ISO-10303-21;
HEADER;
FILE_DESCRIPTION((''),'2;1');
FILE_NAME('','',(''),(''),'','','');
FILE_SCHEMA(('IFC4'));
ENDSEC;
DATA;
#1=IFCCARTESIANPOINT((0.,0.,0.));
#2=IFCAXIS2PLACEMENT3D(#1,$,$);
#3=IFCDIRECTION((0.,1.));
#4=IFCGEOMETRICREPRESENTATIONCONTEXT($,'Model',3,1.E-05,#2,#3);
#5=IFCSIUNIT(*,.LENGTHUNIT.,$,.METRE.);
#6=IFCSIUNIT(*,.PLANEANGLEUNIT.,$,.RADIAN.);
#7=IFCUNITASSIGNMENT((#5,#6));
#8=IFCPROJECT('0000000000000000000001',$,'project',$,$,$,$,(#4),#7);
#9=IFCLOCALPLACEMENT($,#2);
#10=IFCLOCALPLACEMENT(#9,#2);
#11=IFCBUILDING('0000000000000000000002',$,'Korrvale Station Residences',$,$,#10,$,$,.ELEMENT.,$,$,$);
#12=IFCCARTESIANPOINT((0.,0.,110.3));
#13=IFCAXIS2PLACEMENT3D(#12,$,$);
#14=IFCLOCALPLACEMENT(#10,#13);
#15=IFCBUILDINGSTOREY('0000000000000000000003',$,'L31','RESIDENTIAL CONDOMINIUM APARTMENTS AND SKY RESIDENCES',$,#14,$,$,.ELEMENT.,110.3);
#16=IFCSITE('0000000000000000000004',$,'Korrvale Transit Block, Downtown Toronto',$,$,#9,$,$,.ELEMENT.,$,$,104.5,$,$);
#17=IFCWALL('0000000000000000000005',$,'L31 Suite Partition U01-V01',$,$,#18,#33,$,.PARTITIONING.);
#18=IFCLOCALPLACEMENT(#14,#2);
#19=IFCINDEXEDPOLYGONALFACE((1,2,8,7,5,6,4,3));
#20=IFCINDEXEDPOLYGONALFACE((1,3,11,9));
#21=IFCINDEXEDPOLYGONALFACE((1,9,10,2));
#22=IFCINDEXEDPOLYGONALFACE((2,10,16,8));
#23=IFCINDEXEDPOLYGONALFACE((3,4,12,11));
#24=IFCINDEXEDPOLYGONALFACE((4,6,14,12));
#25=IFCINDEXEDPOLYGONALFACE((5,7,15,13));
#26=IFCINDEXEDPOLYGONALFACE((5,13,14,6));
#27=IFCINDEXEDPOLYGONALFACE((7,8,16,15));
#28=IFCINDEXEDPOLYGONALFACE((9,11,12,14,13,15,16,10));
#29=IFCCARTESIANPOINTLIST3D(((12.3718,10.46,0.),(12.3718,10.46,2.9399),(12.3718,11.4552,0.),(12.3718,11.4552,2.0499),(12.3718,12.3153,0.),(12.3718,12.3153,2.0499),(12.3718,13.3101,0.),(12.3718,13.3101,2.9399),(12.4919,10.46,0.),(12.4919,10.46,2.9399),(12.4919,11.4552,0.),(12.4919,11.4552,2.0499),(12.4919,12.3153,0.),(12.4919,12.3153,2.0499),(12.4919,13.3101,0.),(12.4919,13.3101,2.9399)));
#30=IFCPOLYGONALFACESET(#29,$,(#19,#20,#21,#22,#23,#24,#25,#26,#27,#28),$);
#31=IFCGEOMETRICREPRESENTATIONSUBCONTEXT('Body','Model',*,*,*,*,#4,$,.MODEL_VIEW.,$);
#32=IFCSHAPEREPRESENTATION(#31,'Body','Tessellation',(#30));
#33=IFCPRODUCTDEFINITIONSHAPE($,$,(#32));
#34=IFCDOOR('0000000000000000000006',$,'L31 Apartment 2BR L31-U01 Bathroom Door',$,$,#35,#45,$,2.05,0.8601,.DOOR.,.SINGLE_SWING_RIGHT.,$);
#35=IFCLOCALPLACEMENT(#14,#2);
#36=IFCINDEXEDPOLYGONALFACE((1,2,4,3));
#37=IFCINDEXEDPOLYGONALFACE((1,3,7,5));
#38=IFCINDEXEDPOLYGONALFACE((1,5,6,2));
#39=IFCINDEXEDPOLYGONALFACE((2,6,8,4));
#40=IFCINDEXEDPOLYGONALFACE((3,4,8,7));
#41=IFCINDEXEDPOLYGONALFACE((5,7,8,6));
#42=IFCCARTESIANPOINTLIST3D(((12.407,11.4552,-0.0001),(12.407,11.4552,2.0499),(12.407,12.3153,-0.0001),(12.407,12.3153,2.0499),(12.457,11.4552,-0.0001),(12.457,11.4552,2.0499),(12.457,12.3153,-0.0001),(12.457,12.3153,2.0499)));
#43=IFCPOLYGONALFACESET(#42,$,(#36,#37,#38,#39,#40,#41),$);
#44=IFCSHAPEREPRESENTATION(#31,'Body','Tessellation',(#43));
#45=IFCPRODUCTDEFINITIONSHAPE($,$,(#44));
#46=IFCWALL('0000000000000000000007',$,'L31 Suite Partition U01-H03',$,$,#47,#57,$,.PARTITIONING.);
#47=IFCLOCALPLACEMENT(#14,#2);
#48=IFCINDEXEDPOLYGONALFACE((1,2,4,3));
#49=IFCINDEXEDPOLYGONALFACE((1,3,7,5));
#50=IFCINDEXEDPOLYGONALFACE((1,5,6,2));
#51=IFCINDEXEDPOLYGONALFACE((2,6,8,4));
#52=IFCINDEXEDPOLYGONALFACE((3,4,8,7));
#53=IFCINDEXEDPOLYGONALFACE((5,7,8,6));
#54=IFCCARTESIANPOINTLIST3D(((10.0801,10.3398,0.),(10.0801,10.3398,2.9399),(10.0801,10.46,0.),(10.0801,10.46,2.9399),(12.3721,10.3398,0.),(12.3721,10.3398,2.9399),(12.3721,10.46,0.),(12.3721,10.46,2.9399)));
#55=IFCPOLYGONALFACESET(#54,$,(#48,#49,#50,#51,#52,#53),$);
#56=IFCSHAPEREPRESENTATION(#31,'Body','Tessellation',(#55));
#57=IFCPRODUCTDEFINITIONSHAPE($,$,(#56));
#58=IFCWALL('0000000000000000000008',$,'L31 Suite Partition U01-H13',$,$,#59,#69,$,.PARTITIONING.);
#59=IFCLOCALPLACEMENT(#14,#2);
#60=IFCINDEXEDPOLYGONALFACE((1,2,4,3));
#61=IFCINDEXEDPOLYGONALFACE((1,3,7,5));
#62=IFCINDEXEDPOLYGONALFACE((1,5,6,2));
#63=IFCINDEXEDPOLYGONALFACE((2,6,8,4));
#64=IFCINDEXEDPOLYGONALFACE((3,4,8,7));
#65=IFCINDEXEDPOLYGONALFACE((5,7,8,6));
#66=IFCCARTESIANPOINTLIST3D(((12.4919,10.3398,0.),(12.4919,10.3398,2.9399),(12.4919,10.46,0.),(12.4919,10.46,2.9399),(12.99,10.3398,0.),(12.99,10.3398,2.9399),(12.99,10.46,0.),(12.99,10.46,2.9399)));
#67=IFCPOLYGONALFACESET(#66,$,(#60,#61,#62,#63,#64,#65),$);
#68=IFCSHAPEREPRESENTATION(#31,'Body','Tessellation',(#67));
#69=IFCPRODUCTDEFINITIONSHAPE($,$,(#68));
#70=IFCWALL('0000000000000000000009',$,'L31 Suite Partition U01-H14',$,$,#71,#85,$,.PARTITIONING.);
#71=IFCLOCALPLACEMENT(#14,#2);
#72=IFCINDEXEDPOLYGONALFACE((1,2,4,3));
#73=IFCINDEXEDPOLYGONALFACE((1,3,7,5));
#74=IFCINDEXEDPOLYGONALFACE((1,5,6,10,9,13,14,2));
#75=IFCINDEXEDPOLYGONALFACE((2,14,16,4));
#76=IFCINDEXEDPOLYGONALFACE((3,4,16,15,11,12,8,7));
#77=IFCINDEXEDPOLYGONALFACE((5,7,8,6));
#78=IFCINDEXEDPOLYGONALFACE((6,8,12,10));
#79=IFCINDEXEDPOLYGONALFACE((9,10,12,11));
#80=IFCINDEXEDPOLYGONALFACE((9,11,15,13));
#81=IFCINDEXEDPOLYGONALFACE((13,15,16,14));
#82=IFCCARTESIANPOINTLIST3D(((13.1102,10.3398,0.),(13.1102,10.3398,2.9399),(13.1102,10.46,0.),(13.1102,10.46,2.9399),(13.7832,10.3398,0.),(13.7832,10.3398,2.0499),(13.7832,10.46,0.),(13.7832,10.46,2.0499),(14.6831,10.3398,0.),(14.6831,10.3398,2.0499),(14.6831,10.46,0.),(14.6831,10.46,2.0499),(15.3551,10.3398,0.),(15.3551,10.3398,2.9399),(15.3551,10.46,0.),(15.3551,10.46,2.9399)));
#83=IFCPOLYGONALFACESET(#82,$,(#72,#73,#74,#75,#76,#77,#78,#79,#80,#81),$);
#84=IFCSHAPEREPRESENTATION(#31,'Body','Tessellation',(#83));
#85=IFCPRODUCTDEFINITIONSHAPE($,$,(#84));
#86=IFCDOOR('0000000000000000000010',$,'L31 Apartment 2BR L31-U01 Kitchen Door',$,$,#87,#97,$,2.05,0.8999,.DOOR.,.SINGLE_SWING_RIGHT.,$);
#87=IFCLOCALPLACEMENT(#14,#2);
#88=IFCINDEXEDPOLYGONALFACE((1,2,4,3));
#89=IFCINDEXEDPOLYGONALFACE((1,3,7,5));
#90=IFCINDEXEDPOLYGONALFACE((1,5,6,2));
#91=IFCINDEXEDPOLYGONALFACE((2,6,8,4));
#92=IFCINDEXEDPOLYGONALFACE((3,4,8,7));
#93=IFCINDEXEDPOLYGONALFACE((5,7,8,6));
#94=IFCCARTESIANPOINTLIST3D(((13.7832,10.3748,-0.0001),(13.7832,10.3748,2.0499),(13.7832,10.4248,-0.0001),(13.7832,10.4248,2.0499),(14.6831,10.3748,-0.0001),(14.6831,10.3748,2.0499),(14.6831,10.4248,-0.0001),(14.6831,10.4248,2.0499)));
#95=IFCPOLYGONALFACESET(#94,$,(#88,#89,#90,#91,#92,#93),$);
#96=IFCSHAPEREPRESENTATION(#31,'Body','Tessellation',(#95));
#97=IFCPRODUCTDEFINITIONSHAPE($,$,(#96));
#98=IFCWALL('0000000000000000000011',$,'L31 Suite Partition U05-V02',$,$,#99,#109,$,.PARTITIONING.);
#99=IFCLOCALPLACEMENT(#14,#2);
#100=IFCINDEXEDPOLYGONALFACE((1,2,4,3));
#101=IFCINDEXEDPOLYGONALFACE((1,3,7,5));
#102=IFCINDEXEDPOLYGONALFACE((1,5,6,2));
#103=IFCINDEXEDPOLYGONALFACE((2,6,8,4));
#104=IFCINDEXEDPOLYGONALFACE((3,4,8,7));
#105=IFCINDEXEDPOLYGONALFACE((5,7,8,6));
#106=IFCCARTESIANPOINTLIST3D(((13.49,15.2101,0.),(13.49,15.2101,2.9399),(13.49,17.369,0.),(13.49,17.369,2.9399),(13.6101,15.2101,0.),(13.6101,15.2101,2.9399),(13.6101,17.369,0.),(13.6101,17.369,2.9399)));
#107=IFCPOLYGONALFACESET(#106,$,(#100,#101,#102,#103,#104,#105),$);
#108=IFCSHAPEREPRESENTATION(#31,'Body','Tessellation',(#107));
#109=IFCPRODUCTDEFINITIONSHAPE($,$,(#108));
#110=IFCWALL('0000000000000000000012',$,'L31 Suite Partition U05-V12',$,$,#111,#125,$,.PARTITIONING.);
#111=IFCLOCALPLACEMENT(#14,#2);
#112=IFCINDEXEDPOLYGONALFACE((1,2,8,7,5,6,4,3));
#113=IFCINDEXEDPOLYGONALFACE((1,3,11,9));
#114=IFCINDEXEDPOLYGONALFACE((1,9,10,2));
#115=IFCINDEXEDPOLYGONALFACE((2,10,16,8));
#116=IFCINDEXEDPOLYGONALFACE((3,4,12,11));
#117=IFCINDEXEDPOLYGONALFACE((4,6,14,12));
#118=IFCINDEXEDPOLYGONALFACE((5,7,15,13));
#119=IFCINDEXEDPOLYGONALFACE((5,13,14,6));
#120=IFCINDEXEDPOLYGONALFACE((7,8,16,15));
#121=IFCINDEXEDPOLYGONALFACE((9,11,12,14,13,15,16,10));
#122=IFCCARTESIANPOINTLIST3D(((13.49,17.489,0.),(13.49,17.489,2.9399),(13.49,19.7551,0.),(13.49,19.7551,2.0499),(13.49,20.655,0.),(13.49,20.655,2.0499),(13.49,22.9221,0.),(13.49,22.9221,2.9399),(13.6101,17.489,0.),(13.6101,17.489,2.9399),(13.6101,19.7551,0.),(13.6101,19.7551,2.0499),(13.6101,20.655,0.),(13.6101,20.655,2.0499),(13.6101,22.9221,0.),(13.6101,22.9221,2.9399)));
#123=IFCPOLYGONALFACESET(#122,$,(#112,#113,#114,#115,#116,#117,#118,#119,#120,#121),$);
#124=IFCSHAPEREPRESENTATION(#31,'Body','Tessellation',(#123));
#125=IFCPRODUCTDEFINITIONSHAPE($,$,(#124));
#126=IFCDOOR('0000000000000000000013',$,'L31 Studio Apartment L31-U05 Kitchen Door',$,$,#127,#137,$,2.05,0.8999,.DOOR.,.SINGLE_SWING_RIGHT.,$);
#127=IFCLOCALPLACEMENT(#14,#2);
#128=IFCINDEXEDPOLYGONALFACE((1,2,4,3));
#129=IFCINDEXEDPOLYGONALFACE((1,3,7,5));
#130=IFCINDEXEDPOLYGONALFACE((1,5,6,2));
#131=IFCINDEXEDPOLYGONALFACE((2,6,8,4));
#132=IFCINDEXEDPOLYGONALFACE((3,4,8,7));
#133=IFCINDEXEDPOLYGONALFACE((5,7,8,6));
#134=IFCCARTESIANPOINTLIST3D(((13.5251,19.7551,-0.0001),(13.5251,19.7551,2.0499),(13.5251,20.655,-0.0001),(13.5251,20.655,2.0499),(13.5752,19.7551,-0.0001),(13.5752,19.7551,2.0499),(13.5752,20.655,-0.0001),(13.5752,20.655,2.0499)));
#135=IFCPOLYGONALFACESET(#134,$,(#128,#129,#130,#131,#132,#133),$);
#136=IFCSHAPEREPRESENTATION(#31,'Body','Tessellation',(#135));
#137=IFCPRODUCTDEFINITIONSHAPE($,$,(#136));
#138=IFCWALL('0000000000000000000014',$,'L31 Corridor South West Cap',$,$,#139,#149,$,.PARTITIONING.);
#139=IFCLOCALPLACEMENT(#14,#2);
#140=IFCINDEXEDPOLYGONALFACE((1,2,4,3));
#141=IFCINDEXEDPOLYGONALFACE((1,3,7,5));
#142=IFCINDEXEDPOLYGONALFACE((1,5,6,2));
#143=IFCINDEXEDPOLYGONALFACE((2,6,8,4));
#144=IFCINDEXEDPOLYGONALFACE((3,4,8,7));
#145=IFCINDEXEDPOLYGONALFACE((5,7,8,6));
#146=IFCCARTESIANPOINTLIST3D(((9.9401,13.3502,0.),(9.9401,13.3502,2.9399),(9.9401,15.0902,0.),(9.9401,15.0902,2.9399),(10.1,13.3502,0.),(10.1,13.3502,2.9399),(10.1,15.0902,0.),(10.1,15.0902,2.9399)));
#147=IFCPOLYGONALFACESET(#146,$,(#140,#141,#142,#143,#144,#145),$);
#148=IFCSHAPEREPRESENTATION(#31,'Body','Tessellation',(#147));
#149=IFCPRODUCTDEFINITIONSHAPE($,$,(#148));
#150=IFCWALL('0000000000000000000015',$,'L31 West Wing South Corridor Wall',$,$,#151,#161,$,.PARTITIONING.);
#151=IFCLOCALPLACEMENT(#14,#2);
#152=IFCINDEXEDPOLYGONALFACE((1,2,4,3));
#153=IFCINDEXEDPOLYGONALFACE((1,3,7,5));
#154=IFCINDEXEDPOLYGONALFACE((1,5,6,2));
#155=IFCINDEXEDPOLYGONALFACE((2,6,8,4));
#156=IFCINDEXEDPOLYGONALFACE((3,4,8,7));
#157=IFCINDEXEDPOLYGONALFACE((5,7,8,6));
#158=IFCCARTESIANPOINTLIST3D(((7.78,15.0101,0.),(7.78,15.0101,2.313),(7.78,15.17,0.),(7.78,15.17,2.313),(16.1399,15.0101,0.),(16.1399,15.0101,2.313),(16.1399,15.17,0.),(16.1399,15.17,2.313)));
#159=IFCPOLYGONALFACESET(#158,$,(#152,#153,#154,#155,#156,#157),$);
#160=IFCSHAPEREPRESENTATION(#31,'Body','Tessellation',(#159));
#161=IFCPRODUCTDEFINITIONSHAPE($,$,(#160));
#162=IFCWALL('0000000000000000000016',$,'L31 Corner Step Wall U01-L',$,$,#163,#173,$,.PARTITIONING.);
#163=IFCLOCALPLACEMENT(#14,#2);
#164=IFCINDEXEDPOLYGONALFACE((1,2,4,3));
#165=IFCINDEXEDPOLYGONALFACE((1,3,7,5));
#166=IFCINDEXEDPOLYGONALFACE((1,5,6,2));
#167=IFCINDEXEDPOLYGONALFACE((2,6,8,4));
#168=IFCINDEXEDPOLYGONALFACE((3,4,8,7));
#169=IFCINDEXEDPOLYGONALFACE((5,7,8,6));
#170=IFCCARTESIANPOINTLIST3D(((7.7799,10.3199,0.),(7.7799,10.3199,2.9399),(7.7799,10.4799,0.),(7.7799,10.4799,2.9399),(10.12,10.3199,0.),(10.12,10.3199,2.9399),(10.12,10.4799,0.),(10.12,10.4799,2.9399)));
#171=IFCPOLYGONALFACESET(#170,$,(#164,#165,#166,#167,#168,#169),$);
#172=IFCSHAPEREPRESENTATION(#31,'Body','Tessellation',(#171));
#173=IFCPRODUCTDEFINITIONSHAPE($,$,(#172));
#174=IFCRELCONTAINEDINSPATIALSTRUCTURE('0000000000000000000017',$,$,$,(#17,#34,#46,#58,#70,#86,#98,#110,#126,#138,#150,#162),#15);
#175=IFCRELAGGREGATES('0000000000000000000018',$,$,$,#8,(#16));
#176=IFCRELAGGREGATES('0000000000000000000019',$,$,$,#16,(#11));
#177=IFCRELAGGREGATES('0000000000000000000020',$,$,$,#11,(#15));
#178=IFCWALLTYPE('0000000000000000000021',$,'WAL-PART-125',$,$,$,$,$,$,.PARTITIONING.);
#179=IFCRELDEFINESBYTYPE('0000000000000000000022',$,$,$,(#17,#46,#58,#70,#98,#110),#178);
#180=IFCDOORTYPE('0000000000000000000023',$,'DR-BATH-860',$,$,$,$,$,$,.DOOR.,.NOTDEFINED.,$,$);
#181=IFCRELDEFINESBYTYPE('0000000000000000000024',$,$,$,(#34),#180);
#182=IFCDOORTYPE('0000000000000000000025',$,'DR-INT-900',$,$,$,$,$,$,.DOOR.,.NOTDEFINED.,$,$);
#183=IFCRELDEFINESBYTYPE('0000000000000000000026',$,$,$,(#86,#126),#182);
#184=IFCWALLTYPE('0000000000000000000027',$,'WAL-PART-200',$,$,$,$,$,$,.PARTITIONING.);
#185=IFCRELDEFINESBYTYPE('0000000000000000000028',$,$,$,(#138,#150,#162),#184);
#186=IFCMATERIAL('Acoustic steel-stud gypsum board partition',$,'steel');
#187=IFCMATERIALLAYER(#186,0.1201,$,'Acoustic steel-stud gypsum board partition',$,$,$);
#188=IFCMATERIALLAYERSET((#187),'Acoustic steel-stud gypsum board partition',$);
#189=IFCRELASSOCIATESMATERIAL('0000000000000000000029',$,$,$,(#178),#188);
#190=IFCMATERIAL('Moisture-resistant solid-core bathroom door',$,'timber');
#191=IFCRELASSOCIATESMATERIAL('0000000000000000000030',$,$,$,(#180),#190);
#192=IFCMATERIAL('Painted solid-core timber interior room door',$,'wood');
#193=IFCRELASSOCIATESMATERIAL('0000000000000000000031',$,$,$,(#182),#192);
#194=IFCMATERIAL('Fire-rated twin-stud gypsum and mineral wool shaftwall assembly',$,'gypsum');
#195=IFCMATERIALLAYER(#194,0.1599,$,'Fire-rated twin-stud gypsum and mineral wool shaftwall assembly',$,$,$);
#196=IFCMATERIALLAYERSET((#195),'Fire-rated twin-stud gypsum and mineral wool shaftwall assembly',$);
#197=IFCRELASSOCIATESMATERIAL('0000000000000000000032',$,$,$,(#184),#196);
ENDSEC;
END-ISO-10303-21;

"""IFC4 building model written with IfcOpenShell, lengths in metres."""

from ifc_helpers import new_model, si_unit, direction, frame, frame_2d, origin, place, context, subcontext, project, spatial, rectangle, extrude, material, layer, layer_set, type_object, element, fill, save


model = new_model("IFC4")

# Units and contexts
model_context = context("Model", 3, precision=1e-05, world=origin(), true_north=direction((0.0, 1.0)))
body_context = subcontext(model_context, "Body", "Model", "MODEL_VIEW")
ifc_project = project(units=[si_unit("LENGTHUNIT", "METRE"), si_unit("PLANEANGLEUNIT", "RADIAN")], contexts=[model_context])

# Site, building, storey
site_placement = place(None, origin())
site = spatial("IfcSite", under=ifc_project, at=site_placement, Name="Korrvale Transit Block, Downtown Toronto", CompositionType="ELEMENT", RefElevation=104.5)
building_placement = place(site_placement, origin())
building = spatial("IfcBuilding", under=site, at=building_placement, Name="Korrvale Station Residences", CompositionType="ELEMENT")
storey_placement = place(building_placement, frame((0.0, 0.0, 110.3)))
storey = spatial("IfcBuildingStorey", under=building, at=storey_placement, Name="L31", Description="RESIDENTIAL CONDOMINIUM APARTMENTS AND SKY RESIDENCES", CompositionType="ELEMENT", Elevation=110.3)

# Wall, opening, door
ifc_material_1 = material(Name="Acoustic steel-stud gypsum board partition", Category="steel")
ifc_layer_1 = layer(ifc_material_1, 0.1201, Name="Acoustic steel-stud gypsum board partition")
ifc_layer_set_1 = layer_set([ifc_layer_1], Name="Acoustic steel-stud gypsum board partition")
wall_type_1 = type_object("IfcWallType", Name="WAL-PART-125", PredefinedType="PARTITIONING", material=ifc_layer_set_1)
wall_1_placement = place(storey_placement, frame((12.4319, 10.46, 0.0), z_axis=(0.0, 0.0, 1.0), x_axis=(0.0, 1.0, 0.0)))
wall_1 = element("IfcWall", 1, at=wall_1_placement, inside=storey, type_object=wall_type_1, Name="L31 Suite Partition U01-V01", PredefinedType="PARTITIONING", context=body_context, shape_type="SweptSolid", body=[
    extrude(rectangle(XDim=2.8501, YDim=0.1201, at=frame_2d((1.425, 0.0))), origin(), (0.0, 0.0, 1.0), 2.9399),
])
opening_1_placement = place(wall_1_placement, frame((0.9951, 0.0, 0.0)))
opening_1 = element("IfcOpeningElement", 2, at=opening_1_placement, cuts=wall_1, PredefinedType="OPENING", context=body_context, shape_type="SweptSolid", body=[
    extrude(rectangle(XDim=0.8601, YDim=2.05, at=frame_2d((0.4302, 1.0249))), frame((0.0, 0.0701, 0.0), z_axis=(0.0, -1.0, 0.0), x_axis=(1.0, 0.0, 0.0)), (0.0, 0.0, 1.0), 0.1401),
])
ifc_material_2 = material(Name="Moisture-resistant solid-core bathroom door", Category="timber")
door_type_1 = type_object("IfcDoorType", Name="DR-BATH-860", OperationType="NOTDEFINED", PredefinedType="DOOR", material=ifc_material_2)
door_1_placement = place(opening_1_placement, origin())
door_1 = element("IfcDoor", 3, at=door_1_placement, inside=storey, type_object=door_type_1, Name="L31 Apartment 2BR L31-U01 Bathroom Door", OperationType="SINGLE_SWING_RIGHT", OverallHeight=2.05, OverallWidth=0.8601, PredefinedType="DOOR", context=body_context, shape_type="SweptSolid", body=[
    extrude(rectangle(XDim=0.8601, YDim=2.05, at=frame_2d((0.4302, 1.0249))), frame((0.0, 0.0249, 0.0), z_axis=(0.0, -1.0, 0.0), x_axis=(1.0, 0.0, 0.0)), (0.0, 0.0, 1.0), 0.05),
])
fill(opening_1, door_1)

# Walls
wall_2_placement = place(storey_placement, frame((10.0801, 10.3999, 0.0), z_axis=(0.0, 0.0, 1.0), x_axis=(1.0, 0.0, 0.0)))
element("IfcWall", 4, at=wall_2_placement, inside=storey, type_object=wall_type_1, Name="L31 Suite Partition U01-H03", PredefinedType="PARTITIONING", context=body_context, shape_type="SweptSolid", body=[
    extrude(rectangle(XDim=2.292, YDim=0.1201, at=frame_2d((1.146, 0.0))), origin(), (0.0, 0.0, 1.0), 2.9399),
])
wall_3_placement = place(storey_placement, frame((12.4919, 10.3999, 0.0), z_axis=(0.0, 0.0, 1.0), x_axis=(1.0, 0.0, 0.0)))
element("IfcWall", 5, at=wall_3_placement, inside=storey, type_object=wall_type_1, Name="L31 Suite Partition U01-H13", PredefinedType="PARTITIONING", context=body_context, shape_type="SweptSolid", body=[
    extrude(rectangle(XDim=0.498, YDim=0.1201, at=frame_2d((0.249, 0.0))), origin(), (0.0, 0.0, 1.0), 2.9399),
])

# Wall, opening, door
wall_4_placement = place(storey_placement, frame((13.1101, 10.3999, 0.0), z_axis=(0.0, 0.0, 1.0), x_axis=(1.0, 0.0, 0.0)))
wall_4 = element("IfcWall", 6, at=wall_4_placement, inside=storey, type_object=wall_type_1, Name="L31 Suite Partition U01-H14", PredefinedType="PARTITIONING", context=body_context, shape_type="SweptSolid", body=[
    extrude(rectangle(XDim=2.2449, YDim=0.1201, at=frame_2d((1.1226, 0.0))), origin(), (0.0, 0.0, 1.0), 2.9399),
])
opening_2_placement = place(wall_4_placement, frame((0.6731, 0.0, 0.0)))
opening_2 = element("IfcOpeningElement", 7, at=opening_2_placement, cuts=wall_4, PredefinedType="OPENING", context=body_context, shape_type="SweptSolid", body=[
    extrude(rectangle(XDim=0.8999, YDim=2.05, at=frame_2d((0.45, 1.0249))), frame((0.0, 0.0701, 0.0), z_axis=(0.0, -1.0, 0.0), x_axis=(1.0, 0.0, 0.0)), (0.0, 0.0, 1.0), 0.1401),
])
ifc_material_3 = material(Name="Painted solid-core timber interior room door", Category="wood")
door_type_2 = type_object("IfcDoorType", Name="DR-INT-900", OperationType="NOTDEFINED", PredefinedType="DOOR", material=ifc_material_3)
door_2_placement = place(opening_2_placement, origin())
door_2 = element("IfcDoor", 8, at=door_2_placement, inside=storey, type_object=door_type_2, Name="L31 Apartment 2BR L31-U01 Kitchen Door", OperationType="SINGLE_SWING_RIGHT", OverallHeight=2.05, OverallWidth=0.8999, PredefinedType="DOOR", context=body_context, shape_type="SweptSolid", body=[
    extrude(rectangle(XDim=0.8999, YDim=2.05, at=frame_2d((0.45, 1.0249))), frame((0.0, 0.0249, 0.0), z_axis=(0.0, -1.0, 0.0), x_axis=(1.0, 0.0, 0.0)), (0.0, 0.0, 1.0), 0.05),
])
fill(opening_2, door_2)

# Wall
wall_5_placement = place(storey_placement, frame((13.55, 15.21, 0.0), z_axis=(0.0, 0.0, 1.0), x_axis=(0.0, 1.0, 0.0)))
element("IfcWall", 9, at=wall_5_placement, inside=storey, type_object=wall_type_1, Name="L31 Suite Partition U05-V02", PredefinedType="PARTITIONING", context=body_context, shape_type="SweptSolid", body=[
    extrude(rectangle(XDim=2.1589, YDim=0.1201, at=frame_2d((1.0796, 0.0))), origin(), (0.0, 0.0, 1.0), 2.9399),
])

# Wall, opening, door
wall_6_placement = place(storey_placement, frame((13.55, 17.489, 0.0), z_axis=(0.0, 0.0, 1.0), x_axis=(0.0, 1.0, 0.0)))
wall_6 = element("IfcWall", 10, at=wall_6_placement, inside=storey, type_object=wall_type_1, Name="L31 Suite Partition U05-V12", PredefinedType="PARTITIONING", context=body_context, shape_type="SweptSolid", body=[
    extrude(rectangle(XDim=5.4331, YDim=0.1201, at=frame_2d((2.7166, 0.0))), origin(), (0.0, 0.0, 1.0), 2.9399),
])
opening_3_placement = place(wall_6_placement, frame((2.2661, 0.0, 0.0)))
opening_3 = element("IfcOpeningElement", 11, at=opening_3_placement, cuts=wall_6, PredefinedType="OPENING", context=body_context, shape_type="SweptSolid", body=[
    extrude(rectangle(XDim=0.8999, YDim=2.05, at=frame_2d((0.45, 1.0249))), frame((0.0, 0.0701, 0.0), z_axis=(0.0, -1.0, 0.0), x_axis=(1.0, 0.0, 0.0)), (0.0, 0.0, 1.0), 0.1401),
])
door_3_placement = place(opening_3_placement, origin())
door_3 = element("IfcDoor", 12, at=door_3_placement, inside=storey, type_object=door_type_2, Name="L31 Studio Apartment L31-U05 Kitchen Door", OperationType="SINGLE_SWING_RIGHT", OverallHeight=2.05, OverallWidth=0.8999, PredefinedType="DOOR", context=body_context, shape_type="SweptSolid", body=[
    extrude(rectangle(XDim=0.8999, YDim=2.05, at=frame_2d((0.45, 1.0249))), frame((0.0, 0.0249, 0.0), z_axis=(0.0, -1.0, 0.0), x_axis=(1.0, 0.0, 0.0)), (0.0, 0.0, 1.0), 0.05),
])
fill(opening_3, door_3)

# Walls
ifc_material_4 = material(Name="Fire-rated twin-stud gypsum and mineral wool shaftwall assembly", Category="gypsum")
ifc_layer_2 = layer(ifc_material_4, 0.1599, Name="Fire-rated twin-stud gypsum and mineral wool shaftwall assembly")
ifc_layer_set_2 = layer_set([ifc_layer_2], Name="Fire-rated twin-stud gypsum and mineral wool shaftwall assembly")
wall_type_2 = type_object("IfcWallType", Name="WAL-PART-200", PredefinedType="PARTITIONING", material=ifc_layer_set_2)
wall_7_placement = place(storey_placement, frame((10.02, 13.3501, 0.0), z_axis=(0.0, 0.0, 1.0), x_axis=(0.0, 1.0, 0.0)))
element("IfcWall", 13, at=wall_7_placement, inside=storey, type_object=wall_type_2, Name="L31 Corridor South West Cap", PredefinedType="PARTITIONING", context=body_context, shape_type="SweptSolid", body=[
    extrude(rectangle(XDim=1.74, YDim=0.1599, at=frame_2d((0.8701, 0.0))), origin(), (0.0, 0.0, 1.0), 2.9399),
])
wall_8_placement = place(storey_placement, frame((7.78, 15.0901, 0.0), z_axis=(0.0, 0.0, 1.0), x_axis=(1.0, 0.0, 0.0)))
element("IfcWall", 14, at=wall_8_placement, inside=storey, type_object=wall_type_2, Name="L31 West Wing South Corridor Wall", PredefinedType="PARTITIONING", context=body_context, shape_type="SweptSolid", body=[
    extrude(rectangle(XDim=8.3599, YDim=0.1599, at=frame_2d((4.1799, 0.0))), origin(), (0.0, 0.0, 1.0), 2.313),
])
wall_9_placement = place(storey_placement, frame((7.78, 10.3999, 0.0), z_axis=(0.0, 0.0, 1.0), x_axis=(1.0, 0.0, 0.0)))
element("IfcWall", 15, at=wall_9_placement, inside=storey, type_object=wall_type_2, Name="L31 Corner Step Wall U01-L", PredefinedType="PARTITIONING", context=body_context, shape_type="SweptSolid", body=[
    extrude(rectangle(XDim=2.3401, YDim=0.1599, at=frame_2d((1.1699, 0.0))), origin(), (0.0, 0.0, 1.0), 2.9399),
])

save(model, "model.ifc")
